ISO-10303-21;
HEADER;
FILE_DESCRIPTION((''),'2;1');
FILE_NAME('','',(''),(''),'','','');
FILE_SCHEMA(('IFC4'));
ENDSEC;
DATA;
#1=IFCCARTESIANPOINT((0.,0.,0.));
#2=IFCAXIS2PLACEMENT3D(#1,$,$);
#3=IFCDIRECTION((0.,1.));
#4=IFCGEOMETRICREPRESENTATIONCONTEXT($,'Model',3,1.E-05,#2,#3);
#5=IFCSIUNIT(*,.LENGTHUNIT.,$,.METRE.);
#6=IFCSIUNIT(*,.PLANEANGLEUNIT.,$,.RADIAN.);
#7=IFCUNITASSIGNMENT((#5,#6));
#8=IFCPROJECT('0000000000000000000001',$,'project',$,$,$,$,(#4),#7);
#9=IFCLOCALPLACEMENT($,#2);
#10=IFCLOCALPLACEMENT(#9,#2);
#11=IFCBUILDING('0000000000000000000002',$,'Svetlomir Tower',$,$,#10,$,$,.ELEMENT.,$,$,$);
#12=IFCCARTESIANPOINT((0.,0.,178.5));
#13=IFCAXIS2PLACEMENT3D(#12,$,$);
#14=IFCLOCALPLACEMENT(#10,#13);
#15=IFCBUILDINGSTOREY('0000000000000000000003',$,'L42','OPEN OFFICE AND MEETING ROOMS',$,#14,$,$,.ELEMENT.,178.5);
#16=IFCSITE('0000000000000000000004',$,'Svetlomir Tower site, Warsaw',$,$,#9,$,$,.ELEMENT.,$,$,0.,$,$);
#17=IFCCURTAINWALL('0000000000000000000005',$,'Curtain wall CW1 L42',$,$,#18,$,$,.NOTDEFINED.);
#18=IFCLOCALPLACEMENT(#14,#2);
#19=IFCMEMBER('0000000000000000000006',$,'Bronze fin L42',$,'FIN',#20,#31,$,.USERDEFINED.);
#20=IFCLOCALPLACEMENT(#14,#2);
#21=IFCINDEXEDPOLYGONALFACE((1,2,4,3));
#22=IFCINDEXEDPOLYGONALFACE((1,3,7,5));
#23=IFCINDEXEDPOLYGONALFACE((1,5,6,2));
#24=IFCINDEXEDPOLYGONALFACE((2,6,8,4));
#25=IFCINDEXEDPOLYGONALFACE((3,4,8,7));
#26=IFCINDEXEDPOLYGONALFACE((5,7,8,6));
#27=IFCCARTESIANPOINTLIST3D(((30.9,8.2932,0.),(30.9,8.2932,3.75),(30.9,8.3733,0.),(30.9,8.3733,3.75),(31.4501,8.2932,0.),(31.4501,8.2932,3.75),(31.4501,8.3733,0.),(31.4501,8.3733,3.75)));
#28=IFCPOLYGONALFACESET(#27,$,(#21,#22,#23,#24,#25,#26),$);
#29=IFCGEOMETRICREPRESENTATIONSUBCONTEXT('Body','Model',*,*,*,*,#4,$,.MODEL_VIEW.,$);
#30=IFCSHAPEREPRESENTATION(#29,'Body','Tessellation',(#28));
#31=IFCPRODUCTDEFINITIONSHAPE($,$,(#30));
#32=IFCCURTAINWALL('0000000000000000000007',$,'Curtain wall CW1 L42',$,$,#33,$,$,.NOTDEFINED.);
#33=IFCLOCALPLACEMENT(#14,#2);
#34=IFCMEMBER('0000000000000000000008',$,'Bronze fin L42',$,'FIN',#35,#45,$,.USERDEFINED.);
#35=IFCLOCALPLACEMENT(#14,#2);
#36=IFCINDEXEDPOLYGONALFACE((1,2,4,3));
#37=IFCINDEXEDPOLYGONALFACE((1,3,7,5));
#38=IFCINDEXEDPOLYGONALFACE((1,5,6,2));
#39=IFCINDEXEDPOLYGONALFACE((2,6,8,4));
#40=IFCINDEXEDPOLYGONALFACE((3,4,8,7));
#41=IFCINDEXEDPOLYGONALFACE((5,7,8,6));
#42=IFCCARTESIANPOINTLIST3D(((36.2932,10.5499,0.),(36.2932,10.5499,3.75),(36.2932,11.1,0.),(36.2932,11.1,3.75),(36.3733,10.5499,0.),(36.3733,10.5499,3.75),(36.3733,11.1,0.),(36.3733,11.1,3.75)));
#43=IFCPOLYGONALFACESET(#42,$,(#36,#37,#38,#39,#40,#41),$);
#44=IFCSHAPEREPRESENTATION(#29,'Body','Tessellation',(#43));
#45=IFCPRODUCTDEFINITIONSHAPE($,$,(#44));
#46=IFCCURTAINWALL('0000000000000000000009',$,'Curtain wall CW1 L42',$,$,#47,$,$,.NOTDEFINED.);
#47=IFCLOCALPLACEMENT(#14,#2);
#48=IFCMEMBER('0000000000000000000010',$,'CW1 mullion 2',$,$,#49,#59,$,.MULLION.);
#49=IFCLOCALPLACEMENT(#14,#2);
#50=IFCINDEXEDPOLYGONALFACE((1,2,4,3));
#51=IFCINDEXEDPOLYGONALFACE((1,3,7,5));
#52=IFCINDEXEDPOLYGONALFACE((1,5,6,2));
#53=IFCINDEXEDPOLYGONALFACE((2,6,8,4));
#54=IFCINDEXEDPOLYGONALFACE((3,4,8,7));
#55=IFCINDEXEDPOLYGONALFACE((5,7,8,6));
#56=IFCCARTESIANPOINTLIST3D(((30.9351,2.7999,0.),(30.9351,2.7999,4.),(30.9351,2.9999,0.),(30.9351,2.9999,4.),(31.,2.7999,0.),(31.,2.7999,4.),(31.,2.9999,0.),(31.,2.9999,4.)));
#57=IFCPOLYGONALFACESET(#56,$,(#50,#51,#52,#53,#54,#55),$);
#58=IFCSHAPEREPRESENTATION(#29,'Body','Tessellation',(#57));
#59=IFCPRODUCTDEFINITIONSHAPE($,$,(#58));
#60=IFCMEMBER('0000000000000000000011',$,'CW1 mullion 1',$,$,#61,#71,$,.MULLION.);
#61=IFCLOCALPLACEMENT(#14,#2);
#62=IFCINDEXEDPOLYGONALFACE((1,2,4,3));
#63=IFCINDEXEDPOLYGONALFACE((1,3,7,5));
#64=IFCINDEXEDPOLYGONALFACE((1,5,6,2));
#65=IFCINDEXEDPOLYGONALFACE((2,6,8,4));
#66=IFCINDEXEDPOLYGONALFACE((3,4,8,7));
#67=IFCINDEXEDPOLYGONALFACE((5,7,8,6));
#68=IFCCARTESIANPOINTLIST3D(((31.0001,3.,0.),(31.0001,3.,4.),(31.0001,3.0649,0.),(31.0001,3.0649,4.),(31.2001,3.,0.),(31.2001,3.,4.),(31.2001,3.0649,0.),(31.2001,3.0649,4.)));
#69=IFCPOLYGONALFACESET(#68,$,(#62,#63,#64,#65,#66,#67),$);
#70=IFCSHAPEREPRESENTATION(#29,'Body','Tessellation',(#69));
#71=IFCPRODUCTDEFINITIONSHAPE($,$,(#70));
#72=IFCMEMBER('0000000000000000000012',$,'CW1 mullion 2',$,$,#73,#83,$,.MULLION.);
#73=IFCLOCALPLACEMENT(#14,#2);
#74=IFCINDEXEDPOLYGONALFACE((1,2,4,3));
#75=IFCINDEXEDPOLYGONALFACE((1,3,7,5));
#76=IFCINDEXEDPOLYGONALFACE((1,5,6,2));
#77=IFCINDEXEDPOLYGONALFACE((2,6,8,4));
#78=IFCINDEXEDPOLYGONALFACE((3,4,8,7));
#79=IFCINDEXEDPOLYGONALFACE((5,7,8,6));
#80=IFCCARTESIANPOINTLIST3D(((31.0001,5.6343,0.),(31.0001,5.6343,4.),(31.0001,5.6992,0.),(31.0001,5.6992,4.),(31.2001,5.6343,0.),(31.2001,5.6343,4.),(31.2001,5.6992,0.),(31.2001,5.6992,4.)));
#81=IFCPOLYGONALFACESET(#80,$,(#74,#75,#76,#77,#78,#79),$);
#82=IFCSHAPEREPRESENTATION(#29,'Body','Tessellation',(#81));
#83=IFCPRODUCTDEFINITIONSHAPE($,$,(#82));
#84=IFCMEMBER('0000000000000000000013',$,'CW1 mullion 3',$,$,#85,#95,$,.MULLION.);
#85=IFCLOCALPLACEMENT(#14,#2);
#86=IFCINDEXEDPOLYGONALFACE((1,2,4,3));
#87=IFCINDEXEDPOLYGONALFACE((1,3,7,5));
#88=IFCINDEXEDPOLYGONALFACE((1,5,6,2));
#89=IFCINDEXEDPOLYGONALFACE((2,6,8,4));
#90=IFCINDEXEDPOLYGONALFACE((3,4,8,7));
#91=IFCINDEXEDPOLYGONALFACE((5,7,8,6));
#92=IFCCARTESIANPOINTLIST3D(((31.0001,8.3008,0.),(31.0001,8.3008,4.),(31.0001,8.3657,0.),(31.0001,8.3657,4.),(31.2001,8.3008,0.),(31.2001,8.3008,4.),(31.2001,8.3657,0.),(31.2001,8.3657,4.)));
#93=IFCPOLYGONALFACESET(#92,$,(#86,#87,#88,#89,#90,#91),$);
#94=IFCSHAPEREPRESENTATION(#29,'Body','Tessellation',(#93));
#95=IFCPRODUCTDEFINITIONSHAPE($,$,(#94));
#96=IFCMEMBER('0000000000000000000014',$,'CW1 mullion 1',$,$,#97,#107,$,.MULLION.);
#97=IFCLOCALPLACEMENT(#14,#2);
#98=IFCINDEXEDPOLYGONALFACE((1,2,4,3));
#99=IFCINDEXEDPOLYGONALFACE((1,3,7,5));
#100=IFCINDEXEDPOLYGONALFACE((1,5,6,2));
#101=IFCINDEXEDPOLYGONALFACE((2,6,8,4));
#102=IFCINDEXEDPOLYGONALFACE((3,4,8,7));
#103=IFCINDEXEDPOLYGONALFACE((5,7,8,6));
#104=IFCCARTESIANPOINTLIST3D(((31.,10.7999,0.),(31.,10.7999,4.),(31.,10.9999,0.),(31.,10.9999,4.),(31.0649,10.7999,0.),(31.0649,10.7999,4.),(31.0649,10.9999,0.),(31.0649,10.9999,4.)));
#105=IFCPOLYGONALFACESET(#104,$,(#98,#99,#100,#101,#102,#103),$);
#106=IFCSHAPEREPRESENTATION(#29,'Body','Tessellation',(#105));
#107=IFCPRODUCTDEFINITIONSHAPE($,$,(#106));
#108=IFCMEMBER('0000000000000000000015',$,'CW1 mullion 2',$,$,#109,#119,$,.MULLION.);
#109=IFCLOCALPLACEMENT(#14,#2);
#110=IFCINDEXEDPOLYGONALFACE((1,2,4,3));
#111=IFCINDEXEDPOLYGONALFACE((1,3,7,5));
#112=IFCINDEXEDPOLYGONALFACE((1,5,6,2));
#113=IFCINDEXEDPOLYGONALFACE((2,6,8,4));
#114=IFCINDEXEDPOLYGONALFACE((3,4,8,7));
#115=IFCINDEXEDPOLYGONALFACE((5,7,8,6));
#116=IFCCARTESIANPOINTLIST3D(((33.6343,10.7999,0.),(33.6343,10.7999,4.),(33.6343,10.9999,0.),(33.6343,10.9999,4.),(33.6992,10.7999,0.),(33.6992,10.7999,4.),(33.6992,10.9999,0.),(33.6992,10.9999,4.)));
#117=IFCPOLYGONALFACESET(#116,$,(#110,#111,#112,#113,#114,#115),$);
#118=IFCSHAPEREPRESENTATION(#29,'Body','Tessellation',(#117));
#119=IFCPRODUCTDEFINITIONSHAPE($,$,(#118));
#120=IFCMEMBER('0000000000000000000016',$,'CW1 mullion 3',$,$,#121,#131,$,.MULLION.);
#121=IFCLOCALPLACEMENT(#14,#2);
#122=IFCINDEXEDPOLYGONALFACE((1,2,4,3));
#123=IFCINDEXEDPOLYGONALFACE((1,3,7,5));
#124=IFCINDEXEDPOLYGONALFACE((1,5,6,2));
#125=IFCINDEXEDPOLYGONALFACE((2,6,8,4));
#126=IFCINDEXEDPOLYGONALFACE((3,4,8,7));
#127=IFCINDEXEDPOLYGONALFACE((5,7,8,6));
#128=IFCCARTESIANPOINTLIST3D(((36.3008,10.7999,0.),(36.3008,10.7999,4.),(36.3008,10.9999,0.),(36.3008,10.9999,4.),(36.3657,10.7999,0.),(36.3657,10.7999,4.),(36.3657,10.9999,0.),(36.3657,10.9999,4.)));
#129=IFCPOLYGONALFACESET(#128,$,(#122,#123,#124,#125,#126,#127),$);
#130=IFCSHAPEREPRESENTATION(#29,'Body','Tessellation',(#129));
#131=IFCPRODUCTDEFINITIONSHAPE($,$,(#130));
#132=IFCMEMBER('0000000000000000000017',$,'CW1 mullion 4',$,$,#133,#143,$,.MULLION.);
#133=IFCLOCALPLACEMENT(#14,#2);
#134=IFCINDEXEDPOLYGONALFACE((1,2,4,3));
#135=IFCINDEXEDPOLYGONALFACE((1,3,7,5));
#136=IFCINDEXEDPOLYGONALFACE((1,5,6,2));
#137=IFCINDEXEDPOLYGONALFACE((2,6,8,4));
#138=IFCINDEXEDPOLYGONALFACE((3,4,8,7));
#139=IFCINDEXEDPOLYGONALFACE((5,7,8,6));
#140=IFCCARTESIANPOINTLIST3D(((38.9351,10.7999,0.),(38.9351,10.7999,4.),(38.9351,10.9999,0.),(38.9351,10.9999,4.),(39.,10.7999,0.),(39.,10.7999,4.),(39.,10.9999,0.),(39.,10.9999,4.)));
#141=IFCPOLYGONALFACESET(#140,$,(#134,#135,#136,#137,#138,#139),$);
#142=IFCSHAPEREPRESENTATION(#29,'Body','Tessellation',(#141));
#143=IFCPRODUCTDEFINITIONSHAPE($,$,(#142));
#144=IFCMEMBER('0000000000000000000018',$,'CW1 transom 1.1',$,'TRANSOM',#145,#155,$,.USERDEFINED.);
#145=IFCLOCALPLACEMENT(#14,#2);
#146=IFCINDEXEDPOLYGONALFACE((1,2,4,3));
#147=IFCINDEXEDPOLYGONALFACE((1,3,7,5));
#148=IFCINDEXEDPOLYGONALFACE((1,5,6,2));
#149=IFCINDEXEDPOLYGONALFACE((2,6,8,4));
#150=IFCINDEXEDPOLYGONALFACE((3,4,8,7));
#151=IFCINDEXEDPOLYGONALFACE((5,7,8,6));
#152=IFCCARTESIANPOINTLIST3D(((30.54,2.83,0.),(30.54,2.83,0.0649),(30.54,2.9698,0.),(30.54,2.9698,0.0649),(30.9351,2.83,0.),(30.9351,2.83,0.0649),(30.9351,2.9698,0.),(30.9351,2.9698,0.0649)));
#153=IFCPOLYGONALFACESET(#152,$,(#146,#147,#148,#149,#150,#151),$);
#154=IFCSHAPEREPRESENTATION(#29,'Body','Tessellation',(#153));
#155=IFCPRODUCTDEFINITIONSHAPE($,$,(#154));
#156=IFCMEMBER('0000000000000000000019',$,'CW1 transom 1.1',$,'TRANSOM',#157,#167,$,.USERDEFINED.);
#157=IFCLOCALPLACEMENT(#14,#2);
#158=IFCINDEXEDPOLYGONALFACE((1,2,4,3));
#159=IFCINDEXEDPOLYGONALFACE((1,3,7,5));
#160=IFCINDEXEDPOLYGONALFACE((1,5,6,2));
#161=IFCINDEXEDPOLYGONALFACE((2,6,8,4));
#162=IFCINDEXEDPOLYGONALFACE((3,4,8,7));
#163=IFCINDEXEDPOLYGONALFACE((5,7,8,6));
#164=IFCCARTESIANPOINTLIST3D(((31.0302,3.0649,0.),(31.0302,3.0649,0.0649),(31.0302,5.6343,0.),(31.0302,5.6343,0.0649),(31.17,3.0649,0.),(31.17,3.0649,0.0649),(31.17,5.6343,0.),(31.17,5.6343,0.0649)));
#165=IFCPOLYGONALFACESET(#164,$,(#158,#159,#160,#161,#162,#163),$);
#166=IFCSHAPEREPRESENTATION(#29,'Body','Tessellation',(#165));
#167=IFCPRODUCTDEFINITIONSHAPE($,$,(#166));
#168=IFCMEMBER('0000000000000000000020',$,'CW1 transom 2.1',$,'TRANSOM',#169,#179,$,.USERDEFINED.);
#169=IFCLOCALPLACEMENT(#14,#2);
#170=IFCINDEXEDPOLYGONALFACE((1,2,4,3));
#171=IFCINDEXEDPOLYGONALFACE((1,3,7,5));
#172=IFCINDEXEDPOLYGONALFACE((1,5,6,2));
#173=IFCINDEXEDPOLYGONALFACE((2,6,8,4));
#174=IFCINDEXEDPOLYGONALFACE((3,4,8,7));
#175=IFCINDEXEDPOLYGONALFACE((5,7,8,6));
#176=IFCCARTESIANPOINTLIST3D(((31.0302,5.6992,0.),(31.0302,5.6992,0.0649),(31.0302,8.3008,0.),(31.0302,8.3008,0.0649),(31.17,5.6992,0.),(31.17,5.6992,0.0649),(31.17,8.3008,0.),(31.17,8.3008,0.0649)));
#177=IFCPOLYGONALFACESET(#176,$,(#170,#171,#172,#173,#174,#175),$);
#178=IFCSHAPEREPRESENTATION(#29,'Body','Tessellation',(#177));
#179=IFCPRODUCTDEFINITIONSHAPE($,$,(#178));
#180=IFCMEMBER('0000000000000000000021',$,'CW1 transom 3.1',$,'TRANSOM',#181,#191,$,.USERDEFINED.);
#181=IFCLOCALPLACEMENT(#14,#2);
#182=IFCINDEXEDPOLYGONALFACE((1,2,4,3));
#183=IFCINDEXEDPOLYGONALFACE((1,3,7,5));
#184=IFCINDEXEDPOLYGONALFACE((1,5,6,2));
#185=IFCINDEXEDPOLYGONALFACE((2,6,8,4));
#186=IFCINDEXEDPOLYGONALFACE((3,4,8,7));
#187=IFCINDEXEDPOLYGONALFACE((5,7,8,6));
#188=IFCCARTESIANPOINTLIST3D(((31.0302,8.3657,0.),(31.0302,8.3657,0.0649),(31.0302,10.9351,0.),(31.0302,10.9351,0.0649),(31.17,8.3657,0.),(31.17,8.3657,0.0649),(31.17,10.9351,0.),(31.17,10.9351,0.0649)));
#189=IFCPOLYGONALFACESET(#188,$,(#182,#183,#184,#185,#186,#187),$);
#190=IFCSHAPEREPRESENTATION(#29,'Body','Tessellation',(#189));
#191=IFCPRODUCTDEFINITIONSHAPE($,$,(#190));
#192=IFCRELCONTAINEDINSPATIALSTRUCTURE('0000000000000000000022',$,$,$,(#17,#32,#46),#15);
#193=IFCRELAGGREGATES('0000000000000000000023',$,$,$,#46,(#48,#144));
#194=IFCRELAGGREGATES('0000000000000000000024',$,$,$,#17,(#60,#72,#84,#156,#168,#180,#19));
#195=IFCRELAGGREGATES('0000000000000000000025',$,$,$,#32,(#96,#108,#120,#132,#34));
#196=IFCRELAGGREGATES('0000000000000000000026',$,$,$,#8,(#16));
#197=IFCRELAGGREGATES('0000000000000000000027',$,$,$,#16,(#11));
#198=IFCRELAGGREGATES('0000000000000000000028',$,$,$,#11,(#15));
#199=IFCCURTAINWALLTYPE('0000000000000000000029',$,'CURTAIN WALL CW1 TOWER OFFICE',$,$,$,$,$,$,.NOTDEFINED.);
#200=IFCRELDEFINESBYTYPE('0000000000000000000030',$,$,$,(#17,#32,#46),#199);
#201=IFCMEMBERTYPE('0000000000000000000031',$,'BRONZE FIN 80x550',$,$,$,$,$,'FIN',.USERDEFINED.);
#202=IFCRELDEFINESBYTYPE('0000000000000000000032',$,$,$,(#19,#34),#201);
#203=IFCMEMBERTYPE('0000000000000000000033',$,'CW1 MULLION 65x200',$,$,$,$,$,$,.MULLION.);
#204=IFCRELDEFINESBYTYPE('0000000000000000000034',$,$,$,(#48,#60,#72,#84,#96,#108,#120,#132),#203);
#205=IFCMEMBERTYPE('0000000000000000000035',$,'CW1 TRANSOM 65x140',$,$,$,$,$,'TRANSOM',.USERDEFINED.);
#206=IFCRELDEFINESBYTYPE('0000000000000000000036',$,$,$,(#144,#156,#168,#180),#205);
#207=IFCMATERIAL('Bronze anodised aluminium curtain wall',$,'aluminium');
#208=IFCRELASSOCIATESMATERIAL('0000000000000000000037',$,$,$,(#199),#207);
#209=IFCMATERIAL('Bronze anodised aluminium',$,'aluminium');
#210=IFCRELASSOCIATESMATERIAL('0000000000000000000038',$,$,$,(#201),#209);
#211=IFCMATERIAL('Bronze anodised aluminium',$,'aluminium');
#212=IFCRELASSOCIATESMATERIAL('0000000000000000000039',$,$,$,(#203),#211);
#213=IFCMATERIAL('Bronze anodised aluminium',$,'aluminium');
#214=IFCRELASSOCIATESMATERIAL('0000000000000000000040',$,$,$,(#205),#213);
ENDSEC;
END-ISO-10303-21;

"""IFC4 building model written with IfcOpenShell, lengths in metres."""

from ifc_helpers import new_model, si_unit, direction, frame, origin, origin_2d, place, context, subcontext, project, spatial, rectangle, extrude, material, material_profile, profile_set, type_object, element, aggregate, save


model = new_model("IFC4")

# Units and contexts
model_context = context("Model", 3, precision=1e-05, world=origin(), true_north=direction((0.0, 1.0)))
body_context = subcontext(model_context, "Body", "Model", "MODEL_VIEW")
ifc_project = project(units=[si_unit("LENGTHUNIT", "METRE"), si_unit("PLANEANGLEUNIT", "RADIAN")], contexts=[model_context])

# Site, building, storey
site_placement = place(None, origin())
site = spatial("IfcSite", under=ifc_project, at=site_placement, Name="Svetlomir Tower site, Warsaw", CompositionType="ELEMENT", RefElevation=0.0)
building_placement = place(site_placement, origin())
building = spatial("IfcBuilding", under=site, at=building_placement, Name="Svetlomir Tower", CompositionType="ELEMENT")
storey_placement = place(building_placement, frame((0.0, 0.0, 178.5)))
storey = spatial("IfcBuildingStorey", under=building, at=storey_placement, Name="L42", Description="OPEN OFFICE AND MEETING ROOMS", CompositionType="ELEMENT", Elevation=178.5)

# Curtain walls, members
ifc_material_1 = material(Name="Bronze anodised aluminium curtain wall", Category="aluminium")
curtain_wall_type = type_object("IfcCurtainWallType", Name="CURTAIN WALL CW1 TOWER OFFICE", PredefinedType="NOTDEFINED", material=ifc_material_1)
curtain_wall_1_placement = place(storey_placement, origin())
curtain_wall_1 = element("IfcCurtainWall", 1, at=curtain_wall_1_placement, inside=storey, type_object=curtain_wall_type, Name="Curtain wall CW1 L42", PredefinedType="NOTDEFINED")
ifc_material_2 = material(Name="Bronze anodised aluminium", Category="aluminium")
ifc_material_profile_1 = material_profile(ifc_material_2, rectangle(XDim=0.0801, YDim=0.55, at=origin_2d()), Name="FIN 80x550")
ifc_profile_set_1 = profile_set([ifc_material_profile_1], Name="Bronze anodised aluminium 6063-T6")
member_type_1 = type_object("IfcMemberType", Name="BRONZE FIN 80x550", ElementType="FIN", PredefinedType="USERDEFINED", material=ifc_profile_set_1)
member_1_placement = place(storey_placement, frame((31.175, 8.3333, 0.0), z_axis=(0.0, 0.0, 1.0), x_axis=(0.0, 1.0, 0.0)))
member_1 = element("IfcMember", 2, at=member_1_placement, type_object=member_type_1, Name="Bronze fin L42", ObjectType="FIN", PredefinedType="USERDEFINED", context=body_context, shape_type="SweptSolid", body=[
    extrude(rectangle(XDim=0.0801, YDim=0.55, at=origin_2d()), origin(), (0.0, 0.0, 1.0), 3.75),
])
curtain_wall_2_placement = place(storey_placement, origin())
curtain_wall_2 = element("IfcCurtainWall", 3, at=curtain_wall_2_placement, inside=storey, type_object=curtain_wall_type, Name="Curtain wall CW1 L42", PredefinedType="NOTDEFINED")
member_2_placement = place(storey_placement, frame((36.3333, 10.825, 0.0), z_axis=(0.0, 0.0, 1.0), x_axis=(1.0, 0.0, 0.0)))
member_2 = element("IfcMember", 4, at=member_2_placement, type_object=member_type_1, Name="Bronze fin L42", ObjectType="FIN", PredefinedType="USERDEFINED", context=body_context, shape_type="SweptSolid", body=[
    extrude(rectangle(XDim=0.0801, YDim=0.55, at=origin_2d()), origin(), (0.0, 0.0, 1.0), 3.75),
])
curtain_wall_3_placement = place(storey_placement, origin())
curtain_wall_3 = element("IfcCurtainWall", 5, at=curtain_wall_3_placement, inside=storey, type_object=curtain_wall_type, Name="Curtain wall CW1 L42", PredefinedType="NOTDEFINED")
ifc_material_3 = material(Name="Bronze anodised aluminium", Category="aluminium")
ifc_material_profile_2 = material_profile(ifc_material_3, rectangle(XDim=0.0649, YDim=0.2, at=origin_2d()), Name="AL 65x200")
ifc_profile_set_2 = profile_set([ifc_material_profile_2], Name="Bronze anodised aluminium 6063-T6")
member_type_2 = type_object("IfcMemberType", Name="CW1 MULLION 65x200", PredefinedType="MULLION", material=ifc_profile_set_2)
member_3_placement = place(storey_placement, frame((30.9675, 2.8999, 0.0), z_axis=(0.0, 0.0, 1.0), x_axis=(1.0, 0.0, 0.0)))
member_3 = element("IfcMember", 6, at=member_3_placement, type_object=member_type_2, Name="CW1 mullion 2", PredefinedType="MULLION", context=body_context, shape_type="SweptSolid", body=[
    extrude(rectangle(XDim=0.0649, YDim=0.2, at=origin_2d()), origin(), (0.0, 0.0, 1.0), 4.0),
])

# Members
member_4_placement = place(storey_placement, frame((31.1001, 3.0325, 0.0), z_axis=(0.0, 0.0, 1.0), x_axis=(0.0, 1.0, 0.0)))
member_4 = element("IfcMember", 7, at=member_4_placement, type_object=member_type_2, Name="CW1 mullion 1", PredefinedType="MULLION", context=body_context, shape_type="SweptSolid", body=[
    extrude(rectangle(XDim=0.0649, YDim=0.2, at=origin_2d()), origin(), (0.0, 0.0, 1.0), 4.0),
])
member_5_placement = place(storey_placement, frame((31.1001, 5.6667, 0.0), z_axis=(0.0, 0.0, 1.0), x_axis=(0.0, 1.0, 0.0)))
member_5 = element("IfcMember", 8, at=member_5_placement, type_object=member_type_2, Name="CW1 mullion 2", PredefinedType="MULLION", context=body_context, shape_type="SweptSolid", body=[
    extrude(rectangle(XDim=0.0649, YDim=0.2, at=origin_2d()), origin(), (0.0, 0.0, 1.0), 4.0),
])
member_6_placement = place(storey_placement, frame((31.1001, 8.3333, 0.0), z_axis=(0.0, 0.0, 1.0), x_axis=(0.0, 1.0, 0.0)))
member_6 = element("IfcMember", 9, at=member_6_placement, type_object=member_type_2, Name="CW1 mullion 3", PredefinedType="MULLION", context=body_context, shape_type="SweptSolid", body=[
    extrude(rectangle(XDim=0.0649, YDim=0.2, at=origin_2d()), origin(), (0.0, 0.0, 1.0), 4.0),
])
member_7_placement = place(storey_placement, frame((31.0325, 10.8999, 0.0), z_axis=(0.0, 0.0, 1.0), x_axis=(1.0, 0.0, 0.0)))
member_7 = element("IfcMember", 10, at=member_7_placement, type_object=member_type_2, Name="CW1 mullion 1", PredefinedType="MULLION", context=body_context, shape_type="SweptSolid", body=[
    extrude(rectangle(XDim=0.0649, YDim=0.2, at=origin_2d()), origin(), (0.0, 0.0, 1.0), 4.0),
])
member_8_placement = place(storey_placement, frame((33.6667, 10.8999, 0.0), z_axis=(0.0, 0.0, 1.0), x_axis=(1.0, 0.0, 0.0)))
member_8 = element("IfcMember", 11, at=member_8_placement, type_object=member_type_2, Name="CW1 mullion 2", PredefinedType="MULLION", context=body_context, shape_type="SweptSolid", body=[
    extrude(rectangle(XDim=0.0649, YDim=0.2, at=origin_2d()), origin(), (0.0, 0.0, 1.0), 4.0),
])
member_9_placement = place(storey_placement, frame((36.3333, 10.8999, 0.0), z_axis=(0.0, 0.0, 1.0), x_axis=(1.0, 0.0, 0.0)))
member_9 = element("IfcMember", 12, at=member_9_placement, type_object=member_type_2, Name="CW1 mullion 3", PredefinedType="MULLION", context=body_context, shape_type="SweptSolid", body=[
    extrude(rectangle(XDim=0.0649, YDim=0.2, at=origin_2d()), origin(), (0.0, 0.0, 1.0), 4.0),
])
member_10_placement = place(storey_placement, frame((38.9675, 10.8999, 0.0), z_axis=(0.0, 0.0, 1.0), x_axis=(1.0, 0.0, 0.0)))
member_10 = element("IfcMember", 13, at=member_10_placement, type_object=member_type_2, Name="CW1 mullion 4", PredefinedType="MULLION", context=body_context, shape_type="SweptSolid", body=[
    extrude(rectangle(XDim=0.0649, YDim=0.2, at=origin_2d()), origin(), (0.0, 0.0, 1.0), 4.0),
])
ifc_material_4 = material(Name="Bronze anodised aluminium", Category="aluminium")
ifc_material_profile_3 = material_profile(ifc_material_4, rectangle(XDim=0.1399, YDim=0.0649, at=origin_2d()), Name="AL 140x65")
ifc_profile_set_3 = profile_set([ifc_material_profile_3], Name="Bronze anodised aluminium 6063-T6")
member_type_3 = type_object("IfcMemberType", Name="CW1 TRANSOM 65x140", ElementType="TRANSOM", PredefinedType="USERDEFINED", material=ifc_profile_set_3)
member_11_placement = place(storey_placement, frame((30.54, 2.8999, 0.0325), z_axis=(1.0, 0.0, 0.0), x_axis=(0.0, 1.0, 0.0)))
member_11 = element("IfcMember", 14, at=member_11_placement, type_object=member_type_3, Name="CW1 transom 1.1", ObjectType="TRANSOM", PredefinedType="USERDEFINED", context=body_context, shape_type="SweptSolid", body=[
    extrude(rectangle(XDim=0.1399, YDim=0.0649, at=origin_2d()), origin(), (0.0, 0.0, 1.0), 0.395),
])
member_12_placement = place(storey_placement, frame((31.1001, 3.0649, 0.0325), z_axis=(0.0, 1.0, 0.0), x_axis=(-1.0, 0.0, 0.0)))
member_12 = element("IfcMember", 15, at=member_12_placement, type_object=member_type_3, Name="CW1 transom 1.1", ObjectType="TRANSOM", PredefinedType="USERDEFINED", context=body_context, shape_type="SweptSolid", body=[
    extrude(rectangle(XDim=0.1399, YDim=0.0649, at=origin_2d()), origin(), (0.0, 0.0, 1.0), 2.5693),
])
member_13_placement = place(storey_placement, frame((31.1001, 5.6992, 0.0325), z_axis=(0.0, 1.0, 0.0), x_axis=(-1.0, 0.0, 0.0)))
member_13 = element("IfcMember", 16, at=member_13_placement, type_object=member_type_3, Name="CW1 transom 2.1", ObjectType="TRANSOM", PredefinedType="USERDEFINED", context=body_context, shape_type="SweptSolid", body=[
    extrude(rectangle(XDim=0.1399, YDim=0.0649, at=origin_2d()), origin(), (0.0, 0.0, 1.0), 2.6016),
])
member_14_placement = place(storey_placement, frame((31.1001, 8.3657, 0.0325), z_axis=(0.0, 1.0, 0.0), x_axis=(-1.0, 0.0, 0.0)))
member_14 = element("IfcMember", 17, at=member_14_placement, type_object=member_type_3, Name="CW1 transom 3.1", ObjectType="TRANSOM", PredefinedType="USERDEFINED", context=body_context, shape_type="SweptSolid", body=[
    extrude(rectangle(XDim=0.1399, YDim=0.0649, at=origin_2d()), origin(), (0.0, 0.0, 1.0), 2.5693),
])

aggregate(curtain_wall_3, [member_3, member_11])
aggregate(curtain_wall_1, [member_4, member_5, member_6, member_12, member_13, member_14, member_1])
aggregate(curtain_wall_2, [member_7, member_8, member_9, member_10, member_2])

save(model, "model.ifc")
